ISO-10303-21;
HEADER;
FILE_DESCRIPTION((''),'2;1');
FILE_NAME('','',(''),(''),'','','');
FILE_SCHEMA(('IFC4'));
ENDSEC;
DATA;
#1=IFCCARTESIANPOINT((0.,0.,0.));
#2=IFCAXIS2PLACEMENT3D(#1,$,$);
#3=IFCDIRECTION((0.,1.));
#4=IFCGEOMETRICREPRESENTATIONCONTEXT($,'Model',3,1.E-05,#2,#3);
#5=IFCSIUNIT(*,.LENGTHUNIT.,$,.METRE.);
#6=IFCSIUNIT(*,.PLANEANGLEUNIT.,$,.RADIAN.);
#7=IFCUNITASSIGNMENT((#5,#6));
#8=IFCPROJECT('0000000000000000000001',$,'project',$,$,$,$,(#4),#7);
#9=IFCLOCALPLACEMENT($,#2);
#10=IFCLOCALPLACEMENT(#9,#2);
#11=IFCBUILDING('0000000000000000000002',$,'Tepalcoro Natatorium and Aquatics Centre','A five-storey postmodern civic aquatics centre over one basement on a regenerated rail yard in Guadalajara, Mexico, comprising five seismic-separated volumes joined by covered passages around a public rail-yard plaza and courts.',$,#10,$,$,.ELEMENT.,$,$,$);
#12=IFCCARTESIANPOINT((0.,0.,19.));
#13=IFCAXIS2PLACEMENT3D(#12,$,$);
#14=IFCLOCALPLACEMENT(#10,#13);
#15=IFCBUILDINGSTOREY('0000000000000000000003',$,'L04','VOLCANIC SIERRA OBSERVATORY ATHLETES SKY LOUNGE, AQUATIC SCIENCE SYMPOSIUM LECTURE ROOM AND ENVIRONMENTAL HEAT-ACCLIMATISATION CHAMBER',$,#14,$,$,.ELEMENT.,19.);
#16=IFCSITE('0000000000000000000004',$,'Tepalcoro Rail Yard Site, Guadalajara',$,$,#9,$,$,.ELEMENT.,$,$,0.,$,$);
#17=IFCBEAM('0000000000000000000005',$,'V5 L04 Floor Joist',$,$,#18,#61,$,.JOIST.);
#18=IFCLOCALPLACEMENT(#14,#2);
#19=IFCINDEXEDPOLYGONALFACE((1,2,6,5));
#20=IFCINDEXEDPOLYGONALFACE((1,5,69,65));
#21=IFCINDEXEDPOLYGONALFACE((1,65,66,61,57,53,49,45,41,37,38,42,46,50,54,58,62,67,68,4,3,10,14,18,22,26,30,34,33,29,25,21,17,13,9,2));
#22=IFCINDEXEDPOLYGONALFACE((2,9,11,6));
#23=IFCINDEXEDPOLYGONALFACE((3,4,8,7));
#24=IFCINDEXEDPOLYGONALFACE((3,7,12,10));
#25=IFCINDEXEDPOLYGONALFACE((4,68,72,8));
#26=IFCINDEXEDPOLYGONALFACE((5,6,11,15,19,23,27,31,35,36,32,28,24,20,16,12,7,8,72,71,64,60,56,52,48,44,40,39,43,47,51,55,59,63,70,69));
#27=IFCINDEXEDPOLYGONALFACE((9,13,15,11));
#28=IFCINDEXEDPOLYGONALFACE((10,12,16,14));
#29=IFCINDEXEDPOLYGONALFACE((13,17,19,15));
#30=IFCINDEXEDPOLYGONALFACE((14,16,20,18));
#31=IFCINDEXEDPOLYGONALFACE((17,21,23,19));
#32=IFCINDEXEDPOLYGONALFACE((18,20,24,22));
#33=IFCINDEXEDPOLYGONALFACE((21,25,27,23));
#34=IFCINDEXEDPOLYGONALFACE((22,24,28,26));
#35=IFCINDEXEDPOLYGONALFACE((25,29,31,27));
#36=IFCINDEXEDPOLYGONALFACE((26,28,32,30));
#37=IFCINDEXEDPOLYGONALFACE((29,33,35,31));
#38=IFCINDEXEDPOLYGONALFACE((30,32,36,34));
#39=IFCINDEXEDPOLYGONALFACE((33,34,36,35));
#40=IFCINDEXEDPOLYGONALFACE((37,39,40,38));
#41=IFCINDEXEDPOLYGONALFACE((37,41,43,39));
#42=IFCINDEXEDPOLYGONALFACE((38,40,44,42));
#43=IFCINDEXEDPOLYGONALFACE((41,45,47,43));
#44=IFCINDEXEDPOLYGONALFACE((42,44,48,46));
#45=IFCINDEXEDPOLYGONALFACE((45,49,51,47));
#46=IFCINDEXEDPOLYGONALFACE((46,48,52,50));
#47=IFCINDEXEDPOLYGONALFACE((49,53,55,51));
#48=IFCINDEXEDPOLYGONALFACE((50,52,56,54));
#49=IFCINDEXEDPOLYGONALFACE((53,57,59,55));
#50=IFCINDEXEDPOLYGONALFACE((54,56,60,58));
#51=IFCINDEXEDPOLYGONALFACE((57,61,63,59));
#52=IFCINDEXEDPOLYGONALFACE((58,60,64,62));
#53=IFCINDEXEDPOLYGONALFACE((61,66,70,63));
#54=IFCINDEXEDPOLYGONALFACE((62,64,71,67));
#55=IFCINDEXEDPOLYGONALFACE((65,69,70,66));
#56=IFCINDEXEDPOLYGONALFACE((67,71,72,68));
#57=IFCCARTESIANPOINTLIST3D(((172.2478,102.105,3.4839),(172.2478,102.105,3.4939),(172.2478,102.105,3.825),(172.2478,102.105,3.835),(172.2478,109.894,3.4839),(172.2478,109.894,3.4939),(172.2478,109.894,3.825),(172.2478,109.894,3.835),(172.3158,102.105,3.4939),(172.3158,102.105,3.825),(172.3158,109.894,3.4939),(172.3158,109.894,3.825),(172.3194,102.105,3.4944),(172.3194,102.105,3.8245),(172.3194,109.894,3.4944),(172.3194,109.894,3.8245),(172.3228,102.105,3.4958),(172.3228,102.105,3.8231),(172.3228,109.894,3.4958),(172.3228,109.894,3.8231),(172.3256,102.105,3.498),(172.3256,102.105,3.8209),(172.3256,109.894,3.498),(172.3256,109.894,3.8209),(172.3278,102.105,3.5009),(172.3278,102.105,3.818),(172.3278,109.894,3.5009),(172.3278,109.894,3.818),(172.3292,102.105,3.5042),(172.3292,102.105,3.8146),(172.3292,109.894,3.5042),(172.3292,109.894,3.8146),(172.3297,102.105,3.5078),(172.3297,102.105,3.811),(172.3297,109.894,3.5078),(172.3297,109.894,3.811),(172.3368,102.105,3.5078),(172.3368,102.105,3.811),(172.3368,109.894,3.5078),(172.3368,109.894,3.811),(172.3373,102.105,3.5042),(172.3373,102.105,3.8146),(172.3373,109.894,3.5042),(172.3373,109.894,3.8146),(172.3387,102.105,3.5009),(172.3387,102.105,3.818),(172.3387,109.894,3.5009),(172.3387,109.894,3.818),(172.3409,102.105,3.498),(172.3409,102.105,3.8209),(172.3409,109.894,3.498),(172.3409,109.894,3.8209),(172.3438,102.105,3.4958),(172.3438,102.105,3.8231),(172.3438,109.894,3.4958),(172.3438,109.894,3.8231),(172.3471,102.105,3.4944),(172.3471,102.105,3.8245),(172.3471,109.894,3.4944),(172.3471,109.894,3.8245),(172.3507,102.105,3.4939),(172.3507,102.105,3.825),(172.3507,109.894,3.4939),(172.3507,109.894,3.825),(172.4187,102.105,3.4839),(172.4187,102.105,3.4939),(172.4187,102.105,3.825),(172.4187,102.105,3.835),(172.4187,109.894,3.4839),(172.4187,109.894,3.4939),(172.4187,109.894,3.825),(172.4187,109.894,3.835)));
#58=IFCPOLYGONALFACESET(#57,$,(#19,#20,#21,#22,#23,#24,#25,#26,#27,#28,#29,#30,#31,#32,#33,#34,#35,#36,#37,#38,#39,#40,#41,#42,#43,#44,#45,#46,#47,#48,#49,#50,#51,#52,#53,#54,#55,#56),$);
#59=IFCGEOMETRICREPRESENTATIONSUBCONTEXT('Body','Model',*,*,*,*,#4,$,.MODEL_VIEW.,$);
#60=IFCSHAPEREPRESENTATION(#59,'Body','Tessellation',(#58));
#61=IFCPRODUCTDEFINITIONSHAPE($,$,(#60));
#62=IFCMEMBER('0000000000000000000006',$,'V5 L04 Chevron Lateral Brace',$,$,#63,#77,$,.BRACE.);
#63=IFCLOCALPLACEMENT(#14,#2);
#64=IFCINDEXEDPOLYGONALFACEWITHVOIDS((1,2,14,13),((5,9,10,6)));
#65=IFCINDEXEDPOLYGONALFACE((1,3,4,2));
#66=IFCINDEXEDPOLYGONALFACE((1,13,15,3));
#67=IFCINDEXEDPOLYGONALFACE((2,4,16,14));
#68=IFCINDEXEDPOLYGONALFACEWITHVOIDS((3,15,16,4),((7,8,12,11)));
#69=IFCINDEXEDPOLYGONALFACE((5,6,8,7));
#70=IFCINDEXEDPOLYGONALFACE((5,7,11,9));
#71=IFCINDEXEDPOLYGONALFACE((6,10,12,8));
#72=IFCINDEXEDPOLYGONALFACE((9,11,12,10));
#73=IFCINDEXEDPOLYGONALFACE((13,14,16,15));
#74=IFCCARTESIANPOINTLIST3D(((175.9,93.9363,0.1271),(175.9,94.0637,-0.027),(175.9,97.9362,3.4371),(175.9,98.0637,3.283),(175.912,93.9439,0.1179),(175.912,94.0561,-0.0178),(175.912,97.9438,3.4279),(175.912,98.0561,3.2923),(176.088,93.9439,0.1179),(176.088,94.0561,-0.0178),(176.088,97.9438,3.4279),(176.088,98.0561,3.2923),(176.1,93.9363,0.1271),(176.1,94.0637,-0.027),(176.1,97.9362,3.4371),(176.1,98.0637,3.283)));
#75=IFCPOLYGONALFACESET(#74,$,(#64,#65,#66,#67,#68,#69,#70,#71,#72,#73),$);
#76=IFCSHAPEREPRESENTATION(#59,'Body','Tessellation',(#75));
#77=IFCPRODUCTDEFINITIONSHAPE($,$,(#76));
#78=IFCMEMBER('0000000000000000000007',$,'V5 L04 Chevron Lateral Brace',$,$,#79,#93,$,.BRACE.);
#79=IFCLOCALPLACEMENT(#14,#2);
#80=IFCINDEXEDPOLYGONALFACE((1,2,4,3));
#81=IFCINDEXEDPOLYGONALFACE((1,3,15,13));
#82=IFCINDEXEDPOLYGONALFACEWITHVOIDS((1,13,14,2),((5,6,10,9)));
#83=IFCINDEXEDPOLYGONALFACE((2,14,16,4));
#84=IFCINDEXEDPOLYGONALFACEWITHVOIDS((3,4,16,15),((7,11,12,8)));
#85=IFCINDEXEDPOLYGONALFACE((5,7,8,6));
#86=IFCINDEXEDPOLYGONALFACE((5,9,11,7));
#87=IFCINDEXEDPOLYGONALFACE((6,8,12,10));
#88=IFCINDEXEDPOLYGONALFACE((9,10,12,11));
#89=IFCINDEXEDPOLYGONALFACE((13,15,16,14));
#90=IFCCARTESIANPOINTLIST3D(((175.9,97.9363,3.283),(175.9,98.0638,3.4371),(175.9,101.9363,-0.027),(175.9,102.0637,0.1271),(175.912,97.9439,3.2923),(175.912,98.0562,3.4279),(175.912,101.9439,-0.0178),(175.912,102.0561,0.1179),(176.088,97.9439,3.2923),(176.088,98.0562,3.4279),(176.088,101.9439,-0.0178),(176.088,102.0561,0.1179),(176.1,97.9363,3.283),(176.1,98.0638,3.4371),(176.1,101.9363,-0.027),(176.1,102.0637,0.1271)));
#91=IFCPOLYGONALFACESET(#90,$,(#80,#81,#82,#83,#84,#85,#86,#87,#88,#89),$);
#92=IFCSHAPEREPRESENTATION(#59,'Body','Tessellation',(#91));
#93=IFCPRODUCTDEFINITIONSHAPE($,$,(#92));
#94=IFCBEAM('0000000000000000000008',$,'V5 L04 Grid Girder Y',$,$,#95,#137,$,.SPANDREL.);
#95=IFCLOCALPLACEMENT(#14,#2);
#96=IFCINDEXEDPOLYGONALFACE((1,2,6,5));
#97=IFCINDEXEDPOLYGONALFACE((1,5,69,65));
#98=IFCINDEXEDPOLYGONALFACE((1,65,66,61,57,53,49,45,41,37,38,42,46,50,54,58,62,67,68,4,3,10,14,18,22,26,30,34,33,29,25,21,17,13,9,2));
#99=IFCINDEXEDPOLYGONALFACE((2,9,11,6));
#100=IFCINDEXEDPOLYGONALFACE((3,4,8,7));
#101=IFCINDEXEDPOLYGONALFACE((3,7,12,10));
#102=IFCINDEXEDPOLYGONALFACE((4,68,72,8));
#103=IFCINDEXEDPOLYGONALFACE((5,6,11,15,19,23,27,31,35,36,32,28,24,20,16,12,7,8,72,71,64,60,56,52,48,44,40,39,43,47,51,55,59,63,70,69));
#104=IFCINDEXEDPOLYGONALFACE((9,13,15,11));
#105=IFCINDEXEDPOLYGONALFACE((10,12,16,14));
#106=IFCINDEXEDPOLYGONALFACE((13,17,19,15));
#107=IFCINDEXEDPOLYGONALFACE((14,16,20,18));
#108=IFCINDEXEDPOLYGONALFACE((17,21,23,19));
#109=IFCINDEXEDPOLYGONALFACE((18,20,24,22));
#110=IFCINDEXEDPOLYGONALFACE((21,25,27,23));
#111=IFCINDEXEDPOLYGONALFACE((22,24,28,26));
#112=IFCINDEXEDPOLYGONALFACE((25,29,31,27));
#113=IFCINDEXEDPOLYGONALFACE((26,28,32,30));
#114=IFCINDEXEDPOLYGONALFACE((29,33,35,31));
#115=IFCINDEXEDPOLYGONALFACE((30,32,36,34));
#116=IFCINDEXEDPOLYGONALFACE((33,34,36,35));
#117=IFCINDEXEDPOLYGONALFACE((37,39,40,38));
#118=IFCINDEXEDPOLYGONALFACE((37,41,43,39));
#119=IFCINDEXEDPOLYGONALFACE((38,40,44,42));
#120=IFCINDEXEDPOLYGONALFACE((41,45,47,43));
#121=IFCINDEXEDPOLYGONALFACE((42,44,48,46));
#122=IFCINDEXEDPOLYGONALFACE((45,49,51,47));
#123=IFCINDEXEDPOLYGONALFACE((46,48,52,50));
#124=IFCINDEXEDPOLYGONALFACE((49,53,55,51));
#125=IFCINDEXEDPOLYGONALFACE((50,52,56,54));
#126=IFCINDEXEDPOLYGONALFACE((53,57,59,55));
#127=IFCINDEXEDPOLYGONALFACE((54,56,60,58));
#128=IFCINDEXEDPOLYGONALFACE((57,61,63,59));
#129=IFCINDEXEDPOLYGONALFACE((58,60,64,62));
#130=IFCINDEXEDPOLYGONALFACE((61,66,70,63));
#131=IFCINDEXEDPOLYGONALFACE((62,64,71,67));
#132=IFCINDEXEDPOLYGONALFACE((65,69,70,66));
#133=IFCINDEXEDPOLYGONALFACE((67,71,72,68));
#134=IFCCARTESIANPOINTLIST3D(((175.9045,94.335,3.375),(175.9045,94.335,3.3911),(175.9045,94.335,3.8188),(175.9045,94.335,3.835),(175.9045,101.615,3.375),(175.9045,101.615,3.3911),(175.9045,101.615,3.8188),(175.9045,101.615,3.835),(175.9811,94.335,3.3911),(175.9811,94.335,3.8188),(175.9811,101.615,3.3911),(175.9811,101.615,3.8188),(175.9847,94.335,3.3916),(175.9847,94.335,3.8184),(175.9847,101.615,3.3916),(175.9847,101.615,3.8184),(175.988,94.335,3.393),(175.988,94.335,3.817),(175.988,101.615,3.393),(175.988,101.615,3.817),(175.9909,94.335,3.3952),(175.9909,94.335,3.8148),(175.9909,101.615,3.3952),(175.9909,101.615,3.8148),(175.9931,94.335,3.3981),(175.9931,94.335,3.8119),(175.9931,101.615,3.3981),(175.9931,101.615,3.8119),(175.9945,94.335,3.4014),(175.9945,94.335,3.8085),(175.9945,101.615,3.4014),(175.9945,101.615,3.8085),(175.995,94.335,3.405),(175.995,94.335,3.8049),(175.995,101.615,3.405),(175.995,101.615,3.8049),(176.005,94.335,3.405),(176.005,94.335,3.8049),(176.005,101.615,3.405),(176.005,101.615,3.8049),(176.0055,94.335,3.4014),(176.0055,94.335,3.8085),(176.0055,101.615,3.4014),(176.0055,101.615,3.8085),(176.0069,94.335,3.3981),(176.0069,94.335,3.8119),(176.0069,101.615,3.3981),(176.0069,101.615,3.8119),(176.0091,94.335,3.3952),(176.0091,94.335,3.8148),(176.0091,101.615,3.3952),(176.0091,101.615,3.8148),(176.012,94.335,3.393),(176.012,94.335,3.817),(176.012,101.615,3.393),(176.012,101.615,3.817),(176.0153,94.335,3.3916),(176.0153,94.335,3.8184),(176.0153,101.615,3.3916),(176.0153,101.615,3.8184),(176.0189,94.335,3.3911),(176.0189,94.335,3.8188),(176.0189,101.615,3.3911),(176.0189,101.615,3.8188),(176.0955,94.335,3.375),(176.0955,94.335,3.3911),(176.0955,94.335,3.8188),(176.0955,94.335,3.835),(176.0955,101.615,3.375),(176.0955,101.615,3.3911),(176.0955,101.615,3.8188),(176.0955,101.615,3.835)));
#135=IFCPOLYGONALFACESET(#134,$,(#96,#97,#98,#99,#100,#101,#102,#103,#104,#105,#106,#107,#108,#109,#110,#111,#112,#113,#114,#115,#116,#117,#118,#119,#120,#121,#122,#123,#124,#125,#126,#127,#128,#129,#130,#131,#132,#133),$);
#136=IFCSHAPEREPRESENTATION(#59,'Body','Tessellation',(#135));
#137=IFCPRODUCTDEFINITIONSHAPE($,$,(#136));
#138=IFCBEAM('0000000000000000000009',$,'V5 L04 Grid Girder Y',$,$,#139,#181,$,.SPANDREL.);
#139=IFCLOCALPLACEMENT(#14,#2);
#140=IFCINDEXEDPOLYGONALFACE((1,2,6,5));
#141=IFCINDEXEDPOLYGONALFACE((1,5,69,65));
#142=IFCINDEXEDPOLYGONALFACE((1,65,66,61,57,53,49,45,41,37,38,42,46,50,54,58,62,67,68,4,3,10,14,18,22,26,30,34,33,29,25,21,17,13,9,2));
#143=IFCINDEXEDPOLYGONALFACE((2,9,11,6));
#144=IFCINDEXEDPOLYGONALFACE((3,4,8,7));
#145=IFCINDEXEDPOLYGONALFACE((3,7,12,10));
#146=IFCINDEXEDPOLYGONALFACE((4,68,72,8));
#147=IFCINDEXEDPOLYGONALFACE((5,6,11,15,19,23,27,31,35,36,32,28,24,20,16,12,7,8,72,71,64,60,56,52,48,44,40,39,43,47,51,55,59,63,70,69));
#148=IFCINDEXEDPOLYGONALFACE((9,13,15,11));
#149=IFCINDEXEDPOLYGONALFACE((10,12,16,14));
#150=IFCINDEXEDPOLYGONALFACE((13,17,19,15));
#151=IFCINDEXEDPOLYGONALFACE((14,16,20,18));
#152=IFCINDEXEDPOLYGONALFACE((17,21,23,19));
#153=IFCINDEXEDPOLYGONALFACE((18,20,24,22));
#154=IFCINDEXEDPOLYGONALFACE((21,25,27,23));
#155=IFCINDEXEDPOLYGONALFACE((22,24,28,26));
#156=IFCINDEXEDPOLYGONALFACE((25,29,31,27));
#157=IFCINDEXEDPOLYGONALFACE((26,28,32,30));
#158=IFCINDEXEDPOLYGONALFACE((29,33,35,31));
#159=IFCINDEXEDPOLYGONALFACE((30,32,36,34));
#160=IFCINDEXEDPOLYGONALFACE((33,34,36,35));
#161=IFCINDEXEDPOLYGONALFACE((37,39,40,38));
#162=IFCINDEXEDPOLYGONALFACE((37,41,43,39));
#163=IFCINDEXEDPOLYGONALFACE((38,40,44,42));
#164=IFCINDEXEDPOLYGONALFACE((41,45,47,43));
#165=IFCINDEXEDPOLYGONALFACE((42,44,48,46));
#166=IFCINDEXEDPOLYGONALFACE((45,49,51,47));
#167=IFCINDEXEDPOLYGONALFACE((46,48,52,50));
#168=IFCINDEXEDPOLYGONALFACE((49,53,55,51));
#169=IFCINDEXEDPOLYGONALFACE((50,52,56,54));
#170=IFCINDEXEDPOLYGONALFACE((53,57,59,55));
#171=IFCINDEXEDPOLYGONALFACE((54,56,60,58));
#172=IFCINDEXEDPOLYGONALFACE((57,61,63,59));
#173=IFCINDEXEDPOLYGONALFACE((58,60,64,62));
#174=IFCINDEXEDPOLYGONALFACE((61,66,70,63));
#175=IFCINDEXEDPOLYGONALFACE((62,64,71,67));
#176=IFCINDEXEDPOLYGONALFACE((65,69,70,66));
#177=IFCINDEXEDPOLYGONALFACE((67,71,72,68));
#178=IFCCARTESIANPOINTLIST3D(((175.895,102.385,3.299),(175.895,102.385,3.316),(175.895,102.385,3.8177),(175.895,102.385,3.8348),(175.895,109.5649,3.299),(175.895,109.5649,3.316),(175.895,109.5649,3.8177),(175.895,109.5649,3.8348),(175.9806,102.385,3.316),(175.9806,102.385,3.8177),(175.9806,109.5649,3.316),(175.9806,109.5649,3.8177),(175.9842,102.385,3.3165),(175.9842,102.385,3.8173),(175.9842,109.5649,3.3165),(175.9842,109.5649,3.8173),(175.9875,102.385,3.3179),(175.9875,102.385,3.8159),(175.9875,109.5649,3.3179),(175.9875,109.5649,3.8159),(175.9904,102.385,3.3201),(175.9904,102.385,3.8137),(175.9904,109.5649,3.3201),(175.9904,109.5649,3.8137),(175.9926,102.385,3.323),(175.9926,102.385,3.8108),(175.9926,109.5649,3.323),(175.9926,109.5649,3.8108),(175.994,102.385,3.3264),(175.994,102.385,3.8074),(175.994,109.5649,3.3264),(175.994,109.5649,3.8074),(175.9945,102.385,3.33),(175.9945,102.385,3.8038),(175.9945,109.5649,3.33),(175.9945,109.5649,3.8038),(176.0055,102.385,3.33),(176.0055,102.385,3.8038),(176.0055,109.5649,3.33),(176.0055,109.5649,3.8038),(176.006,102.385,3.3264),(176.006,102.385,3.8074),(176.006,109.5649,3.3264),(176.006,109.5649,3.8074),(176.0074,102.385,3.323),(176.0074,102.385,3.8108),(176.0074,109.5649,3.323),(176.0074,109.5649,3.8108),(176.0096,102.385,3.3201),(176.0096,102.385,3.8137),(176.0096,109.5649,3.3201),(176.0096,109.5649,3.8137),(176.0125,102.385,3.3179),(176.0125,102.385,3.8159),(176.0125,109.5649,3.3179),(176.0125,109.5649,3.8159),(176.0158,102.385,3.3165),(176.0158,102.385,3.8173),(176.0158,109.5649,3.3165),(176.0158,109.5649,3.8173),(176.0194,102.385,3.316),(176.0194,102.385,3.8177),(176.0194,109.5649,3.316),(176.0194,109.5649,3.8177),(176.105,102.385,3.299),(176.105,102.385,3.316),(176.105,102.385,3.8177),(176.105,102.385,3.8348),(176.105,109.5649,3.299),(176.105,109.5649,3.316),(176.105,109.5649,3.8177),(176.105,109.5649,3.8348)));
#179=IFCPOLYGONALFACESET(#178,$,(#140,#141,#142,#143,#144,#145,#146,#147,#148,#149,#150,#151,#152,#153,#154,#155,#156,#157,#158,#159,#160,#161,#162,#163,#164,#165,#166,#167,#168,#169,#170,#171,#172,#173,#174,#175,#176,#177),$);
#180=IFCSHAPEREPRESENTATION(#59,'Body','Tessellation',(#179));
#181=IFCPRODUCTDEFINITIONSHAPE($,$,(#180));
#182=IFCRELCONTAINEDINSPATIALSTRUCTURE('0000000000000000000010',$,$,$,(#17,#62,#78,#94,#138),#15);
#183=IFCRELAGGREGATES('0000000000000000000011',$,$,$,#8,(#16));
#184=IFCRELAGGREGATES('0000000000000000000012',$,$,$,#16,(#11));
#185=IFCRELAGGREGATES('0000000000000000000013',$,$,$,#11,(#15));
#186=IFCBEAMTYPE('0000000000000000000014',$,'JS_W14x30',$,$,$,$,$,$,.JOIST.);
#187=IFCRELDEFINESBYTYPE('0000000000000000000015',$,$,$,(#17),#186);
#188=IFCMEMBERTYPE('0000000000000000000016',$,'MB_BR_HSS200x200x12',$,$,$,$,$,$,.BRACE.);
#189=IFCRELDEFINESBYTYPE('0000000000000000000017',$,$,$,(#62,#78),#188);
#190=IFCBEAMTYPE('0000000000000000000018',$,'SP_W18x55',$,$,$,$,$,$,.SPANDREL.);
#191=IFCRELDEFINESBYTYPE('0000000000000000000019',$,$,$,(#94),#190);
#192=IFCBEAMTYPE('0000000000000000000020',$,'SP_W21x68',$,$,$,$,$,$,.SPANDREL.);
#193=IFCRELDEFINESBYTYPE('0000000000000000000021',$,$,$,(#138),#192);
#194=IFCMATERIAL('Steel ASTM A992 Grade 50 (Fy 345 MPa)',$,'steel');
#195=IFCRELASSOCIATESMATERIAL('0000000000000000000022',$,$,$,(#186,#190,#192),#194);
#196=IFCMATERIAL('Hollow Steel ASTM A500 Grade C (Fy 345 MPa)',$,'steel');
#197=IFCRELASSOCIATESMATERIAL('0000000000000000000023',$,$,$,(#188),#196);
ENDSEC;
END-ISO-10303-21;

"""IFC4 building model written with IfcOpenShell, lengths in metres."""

from ifc_helpers import new_model, si_unit, direction, frame, origin, origin_2d, place, context, subcontext, project, spatial, hollow_rectangle, i_section, extrude, material, material_profile, profile_set, type_object, element, save


model = new_model("IFC4")

# Units and contexts
model_context = context("Model", 3, precision=1e-05, world=origin(), true_north=direction((0.0, 1.0)))
body_context = subcontext(model_context, "Body", "Model", "MODEL_VIEW")
ifc_project = project(units=[si_unit("LENGTHUNIT", "METRE"), si_unit("PLANEANGLEUNIT", "RADIAN")], contexts=[model_context])

# Site, building, storey
site_placement = place(None, origin())
site = spatial("IfcSite", under=ifc_project, at=site_placement, Name="Tepalcoro Rail Yard Site, Guadalajara", CompositionType="ELEMENT", RefElevation=0.0)
building_placement = place(site_placement, origin())
building = spatial("IfcBuilding", under=site, at=building_placement, Name="Tepalcoro Natatorium and Aquatics Centre", Description="A five-storey postmodern civic aquatics centre over one basement on a regenerated rail yard in Guadalajara, Mexico, comprising five seismic-separated volumes joined by covered passages around a public rail-yard plaza and courts.", CompositionType="ELEMENT")
storey_placement = place(building_placement, frame((0.0, 0.0, 19.0)))
storey = spatial("IfcBuildingStorey", under=building, at=storey_placement, Name="L04", Description="VOLCANIC SIERRA OBSERVATORY ATHLETES SKY LOUNGE, AQUATIC SCIENCE SYMPOSIUM LECTURE ROOM AND ENVIRONMENTAL HEAT-ACCLIMATISATION CHAMBER", CompositionType="ELEMENT", Elevation=19.0)

# Beam
ifc_material_1 = material(Name="Steel ASTM A992 Grade 50 (Fy 345 MPa)", Category="steel")
ifc_material_profile_1 = material_profile(ifc_material_1, i_section(OverallWidth=0.1709, OverallDepth=0.3511, WebThickness=0.0071, FlangeThickness=0.01, FilletRadius=0.0139, at=origin_2d()), Name="W14X30")
ifc_profile_set_1 = profile_set([ifc_material_profile_1], Name="Steel ASTM A992 Grade 50 (Fy 345 MPa)")
beam_type_1 = type_object("IfcBeamType", Name="JS_W14x30", PredefinedType="JOIST", material=ifc_profile_set_1)
beam_1_placement = place(storey_placement, frame((172.3333, 102.105, 3.6594), z_axis=(0.0, 1.0, 0.0), x_axis=(-1.0, 0.0, 0.0)))
element("IfcBeam", 1, at=beam_1_placement, inside=storey, type_object=beam_type_1, Name="V5 L04 Floor Joist", PredefinedType="JOIST", context=body_context, shape_type="SweptSolid", body=[
    extrude(i_section(OverallWidth=0.1709, OverallDepth=0.3511, WebThickness=0.0071, FlangeThickness=0.01, FilletRadius=0.0139, at=origin_2d()), origin(), (0.0, 0.0, 1.0), 7.7891),
])

# Members
ifc_material_2 = material(Name="Hollow Steel ASTM A500 Grade C (Fy 345 MPa)", Category="steel")
ifc_material_profile_2 = material_profile(ifc_material_2, hollow_rectangle(XDim=0.2, YDim=0.2, WallThickness=0.012, at=origin_2d()), Name="HSS200X200X12")
ifc_profile_set_2 = profile_set([ifc_material_profile_2], Name="Hollow Steel ASTM A500 Grade C (Fy 345 MPa)")
member_type_1 = type_object("IfcMemberType", Name="MB_BR_HSS200x200x12", PredefinedType="BRACE", material=ifc_profile_set_2)
for number, where, z_axis, x_axis, name in (
    (2, (176.0, 94.0, 0.05), (0.0, 0.770421, 0.637535), (-1.0, 0.0, 0.0), "V5 L04 Chevron Lateral Brace"),
    (3, (176.0, 102.0, 0.05), (0.0, -0.770421, 0.637535), (1.0, 0.0, 0.0), "V5 L04 Chevron Lateral Brace"),
):
    element("IfcMember", number, at=place(storey_placement, frame(where, z_axis=z_axis, x_axis=x_axis)), inside=storey, type_object=member_type_1, Name=name, PredefinedType="BRACE", context=body_context, shape_type="SweptSolid", body=[
        extrude(hollow_rectangle(XDim=0.2, YDim=0.2, WallThickness=0.012, at=origin_2d()), origin(), (0.0, 0.0, 1.0), 5.1919),
    ])

# Beams
ifc_material_profile_3 = material_profile(ifc_material_1, i_section(OverallWidth=0.1909, OverallDepth=0.46, WebThickness=0.01, FlangeThickness=0.0161, FilletRadius=0.0139, at=origin_2d()), Name="W18X55")
ifc_profile_set_3 = profile_set([ifc_material_profile_3], Name="Steel ASTM A992 Grade 50 (Fy 345 MPa)")
beam_type_2 = type_object("IfcBeamType", Name="SP_W18x55", PredefinedType="SPANDREL", material=ifc_profile_set_3)
beam_2_placement = place(storey_placement, frame((176.0, 94.335, 3.605), z_axis=(0.0, 1.0, 0.0), x_axis=(-1.0, 0.0, 0.0)))
element("IfcBeam", 4, at=beam_2_placement, inside=storey, type_object=beam_type_2, Name="V5 L04 Grid Girder Y", PredefinedType="SPANDREL", context=body_context, shape_type="SweptSolid", body=[
    extrude(i_section(OverallWidth=0.1909, OverallDepth=0.46, WebThickness=0.01, FlangeThickness=0.0161, FilletRadius=0.0139, at=origin_2d()), origin(), (0.0, 0.0, 1.0), 7.28),
])
ifc_material_profile_4 = material_profile(ifc_material_1, i_section(OverallWidth=0.21, OverallDepth=0.5359, WebThickness=0.011, FlangeThickness=0.0171, FilletRadius=0.0139, at=origin_2d()), Name="W21X68")
ifc_profile_set_4 = profile_set([ifc_material_profile_4], Name="Steel ASTM A992 Grade 50 (Fy 345 MPa)")
beam_type_3 = type_object("IfcBeamType", Name="SP_W21x68", PredefinedType="SPANDREL", material=ifc_profile_set_4)
beam_3_placement = place(storey_placement, frame((176.0, 102.385, 3.5669), z_axis=(0.0, 1.0, 0.0), x_axis=(-1.0, 0.0, 0.0)))
element("IfcBeam", 5, at=beam_3_placement, inside=storey, type_object=beam_type_3, Name="V5 L04 Grid Girder Y", PredefinedType="SPANDREL", context=body_context, shape_type="SweptSolid", body=[
    extrude(i_section(OverallWidth=0.21, OverallDepth=0.5359, WebThickness=0.011, FlangeThickness=0.0171, FilletRadius=0.0139, at=origin_2d()), origin(), (0.0, 0.0, 1.0), 7.1799),
])

save(model, "model.ifc")
